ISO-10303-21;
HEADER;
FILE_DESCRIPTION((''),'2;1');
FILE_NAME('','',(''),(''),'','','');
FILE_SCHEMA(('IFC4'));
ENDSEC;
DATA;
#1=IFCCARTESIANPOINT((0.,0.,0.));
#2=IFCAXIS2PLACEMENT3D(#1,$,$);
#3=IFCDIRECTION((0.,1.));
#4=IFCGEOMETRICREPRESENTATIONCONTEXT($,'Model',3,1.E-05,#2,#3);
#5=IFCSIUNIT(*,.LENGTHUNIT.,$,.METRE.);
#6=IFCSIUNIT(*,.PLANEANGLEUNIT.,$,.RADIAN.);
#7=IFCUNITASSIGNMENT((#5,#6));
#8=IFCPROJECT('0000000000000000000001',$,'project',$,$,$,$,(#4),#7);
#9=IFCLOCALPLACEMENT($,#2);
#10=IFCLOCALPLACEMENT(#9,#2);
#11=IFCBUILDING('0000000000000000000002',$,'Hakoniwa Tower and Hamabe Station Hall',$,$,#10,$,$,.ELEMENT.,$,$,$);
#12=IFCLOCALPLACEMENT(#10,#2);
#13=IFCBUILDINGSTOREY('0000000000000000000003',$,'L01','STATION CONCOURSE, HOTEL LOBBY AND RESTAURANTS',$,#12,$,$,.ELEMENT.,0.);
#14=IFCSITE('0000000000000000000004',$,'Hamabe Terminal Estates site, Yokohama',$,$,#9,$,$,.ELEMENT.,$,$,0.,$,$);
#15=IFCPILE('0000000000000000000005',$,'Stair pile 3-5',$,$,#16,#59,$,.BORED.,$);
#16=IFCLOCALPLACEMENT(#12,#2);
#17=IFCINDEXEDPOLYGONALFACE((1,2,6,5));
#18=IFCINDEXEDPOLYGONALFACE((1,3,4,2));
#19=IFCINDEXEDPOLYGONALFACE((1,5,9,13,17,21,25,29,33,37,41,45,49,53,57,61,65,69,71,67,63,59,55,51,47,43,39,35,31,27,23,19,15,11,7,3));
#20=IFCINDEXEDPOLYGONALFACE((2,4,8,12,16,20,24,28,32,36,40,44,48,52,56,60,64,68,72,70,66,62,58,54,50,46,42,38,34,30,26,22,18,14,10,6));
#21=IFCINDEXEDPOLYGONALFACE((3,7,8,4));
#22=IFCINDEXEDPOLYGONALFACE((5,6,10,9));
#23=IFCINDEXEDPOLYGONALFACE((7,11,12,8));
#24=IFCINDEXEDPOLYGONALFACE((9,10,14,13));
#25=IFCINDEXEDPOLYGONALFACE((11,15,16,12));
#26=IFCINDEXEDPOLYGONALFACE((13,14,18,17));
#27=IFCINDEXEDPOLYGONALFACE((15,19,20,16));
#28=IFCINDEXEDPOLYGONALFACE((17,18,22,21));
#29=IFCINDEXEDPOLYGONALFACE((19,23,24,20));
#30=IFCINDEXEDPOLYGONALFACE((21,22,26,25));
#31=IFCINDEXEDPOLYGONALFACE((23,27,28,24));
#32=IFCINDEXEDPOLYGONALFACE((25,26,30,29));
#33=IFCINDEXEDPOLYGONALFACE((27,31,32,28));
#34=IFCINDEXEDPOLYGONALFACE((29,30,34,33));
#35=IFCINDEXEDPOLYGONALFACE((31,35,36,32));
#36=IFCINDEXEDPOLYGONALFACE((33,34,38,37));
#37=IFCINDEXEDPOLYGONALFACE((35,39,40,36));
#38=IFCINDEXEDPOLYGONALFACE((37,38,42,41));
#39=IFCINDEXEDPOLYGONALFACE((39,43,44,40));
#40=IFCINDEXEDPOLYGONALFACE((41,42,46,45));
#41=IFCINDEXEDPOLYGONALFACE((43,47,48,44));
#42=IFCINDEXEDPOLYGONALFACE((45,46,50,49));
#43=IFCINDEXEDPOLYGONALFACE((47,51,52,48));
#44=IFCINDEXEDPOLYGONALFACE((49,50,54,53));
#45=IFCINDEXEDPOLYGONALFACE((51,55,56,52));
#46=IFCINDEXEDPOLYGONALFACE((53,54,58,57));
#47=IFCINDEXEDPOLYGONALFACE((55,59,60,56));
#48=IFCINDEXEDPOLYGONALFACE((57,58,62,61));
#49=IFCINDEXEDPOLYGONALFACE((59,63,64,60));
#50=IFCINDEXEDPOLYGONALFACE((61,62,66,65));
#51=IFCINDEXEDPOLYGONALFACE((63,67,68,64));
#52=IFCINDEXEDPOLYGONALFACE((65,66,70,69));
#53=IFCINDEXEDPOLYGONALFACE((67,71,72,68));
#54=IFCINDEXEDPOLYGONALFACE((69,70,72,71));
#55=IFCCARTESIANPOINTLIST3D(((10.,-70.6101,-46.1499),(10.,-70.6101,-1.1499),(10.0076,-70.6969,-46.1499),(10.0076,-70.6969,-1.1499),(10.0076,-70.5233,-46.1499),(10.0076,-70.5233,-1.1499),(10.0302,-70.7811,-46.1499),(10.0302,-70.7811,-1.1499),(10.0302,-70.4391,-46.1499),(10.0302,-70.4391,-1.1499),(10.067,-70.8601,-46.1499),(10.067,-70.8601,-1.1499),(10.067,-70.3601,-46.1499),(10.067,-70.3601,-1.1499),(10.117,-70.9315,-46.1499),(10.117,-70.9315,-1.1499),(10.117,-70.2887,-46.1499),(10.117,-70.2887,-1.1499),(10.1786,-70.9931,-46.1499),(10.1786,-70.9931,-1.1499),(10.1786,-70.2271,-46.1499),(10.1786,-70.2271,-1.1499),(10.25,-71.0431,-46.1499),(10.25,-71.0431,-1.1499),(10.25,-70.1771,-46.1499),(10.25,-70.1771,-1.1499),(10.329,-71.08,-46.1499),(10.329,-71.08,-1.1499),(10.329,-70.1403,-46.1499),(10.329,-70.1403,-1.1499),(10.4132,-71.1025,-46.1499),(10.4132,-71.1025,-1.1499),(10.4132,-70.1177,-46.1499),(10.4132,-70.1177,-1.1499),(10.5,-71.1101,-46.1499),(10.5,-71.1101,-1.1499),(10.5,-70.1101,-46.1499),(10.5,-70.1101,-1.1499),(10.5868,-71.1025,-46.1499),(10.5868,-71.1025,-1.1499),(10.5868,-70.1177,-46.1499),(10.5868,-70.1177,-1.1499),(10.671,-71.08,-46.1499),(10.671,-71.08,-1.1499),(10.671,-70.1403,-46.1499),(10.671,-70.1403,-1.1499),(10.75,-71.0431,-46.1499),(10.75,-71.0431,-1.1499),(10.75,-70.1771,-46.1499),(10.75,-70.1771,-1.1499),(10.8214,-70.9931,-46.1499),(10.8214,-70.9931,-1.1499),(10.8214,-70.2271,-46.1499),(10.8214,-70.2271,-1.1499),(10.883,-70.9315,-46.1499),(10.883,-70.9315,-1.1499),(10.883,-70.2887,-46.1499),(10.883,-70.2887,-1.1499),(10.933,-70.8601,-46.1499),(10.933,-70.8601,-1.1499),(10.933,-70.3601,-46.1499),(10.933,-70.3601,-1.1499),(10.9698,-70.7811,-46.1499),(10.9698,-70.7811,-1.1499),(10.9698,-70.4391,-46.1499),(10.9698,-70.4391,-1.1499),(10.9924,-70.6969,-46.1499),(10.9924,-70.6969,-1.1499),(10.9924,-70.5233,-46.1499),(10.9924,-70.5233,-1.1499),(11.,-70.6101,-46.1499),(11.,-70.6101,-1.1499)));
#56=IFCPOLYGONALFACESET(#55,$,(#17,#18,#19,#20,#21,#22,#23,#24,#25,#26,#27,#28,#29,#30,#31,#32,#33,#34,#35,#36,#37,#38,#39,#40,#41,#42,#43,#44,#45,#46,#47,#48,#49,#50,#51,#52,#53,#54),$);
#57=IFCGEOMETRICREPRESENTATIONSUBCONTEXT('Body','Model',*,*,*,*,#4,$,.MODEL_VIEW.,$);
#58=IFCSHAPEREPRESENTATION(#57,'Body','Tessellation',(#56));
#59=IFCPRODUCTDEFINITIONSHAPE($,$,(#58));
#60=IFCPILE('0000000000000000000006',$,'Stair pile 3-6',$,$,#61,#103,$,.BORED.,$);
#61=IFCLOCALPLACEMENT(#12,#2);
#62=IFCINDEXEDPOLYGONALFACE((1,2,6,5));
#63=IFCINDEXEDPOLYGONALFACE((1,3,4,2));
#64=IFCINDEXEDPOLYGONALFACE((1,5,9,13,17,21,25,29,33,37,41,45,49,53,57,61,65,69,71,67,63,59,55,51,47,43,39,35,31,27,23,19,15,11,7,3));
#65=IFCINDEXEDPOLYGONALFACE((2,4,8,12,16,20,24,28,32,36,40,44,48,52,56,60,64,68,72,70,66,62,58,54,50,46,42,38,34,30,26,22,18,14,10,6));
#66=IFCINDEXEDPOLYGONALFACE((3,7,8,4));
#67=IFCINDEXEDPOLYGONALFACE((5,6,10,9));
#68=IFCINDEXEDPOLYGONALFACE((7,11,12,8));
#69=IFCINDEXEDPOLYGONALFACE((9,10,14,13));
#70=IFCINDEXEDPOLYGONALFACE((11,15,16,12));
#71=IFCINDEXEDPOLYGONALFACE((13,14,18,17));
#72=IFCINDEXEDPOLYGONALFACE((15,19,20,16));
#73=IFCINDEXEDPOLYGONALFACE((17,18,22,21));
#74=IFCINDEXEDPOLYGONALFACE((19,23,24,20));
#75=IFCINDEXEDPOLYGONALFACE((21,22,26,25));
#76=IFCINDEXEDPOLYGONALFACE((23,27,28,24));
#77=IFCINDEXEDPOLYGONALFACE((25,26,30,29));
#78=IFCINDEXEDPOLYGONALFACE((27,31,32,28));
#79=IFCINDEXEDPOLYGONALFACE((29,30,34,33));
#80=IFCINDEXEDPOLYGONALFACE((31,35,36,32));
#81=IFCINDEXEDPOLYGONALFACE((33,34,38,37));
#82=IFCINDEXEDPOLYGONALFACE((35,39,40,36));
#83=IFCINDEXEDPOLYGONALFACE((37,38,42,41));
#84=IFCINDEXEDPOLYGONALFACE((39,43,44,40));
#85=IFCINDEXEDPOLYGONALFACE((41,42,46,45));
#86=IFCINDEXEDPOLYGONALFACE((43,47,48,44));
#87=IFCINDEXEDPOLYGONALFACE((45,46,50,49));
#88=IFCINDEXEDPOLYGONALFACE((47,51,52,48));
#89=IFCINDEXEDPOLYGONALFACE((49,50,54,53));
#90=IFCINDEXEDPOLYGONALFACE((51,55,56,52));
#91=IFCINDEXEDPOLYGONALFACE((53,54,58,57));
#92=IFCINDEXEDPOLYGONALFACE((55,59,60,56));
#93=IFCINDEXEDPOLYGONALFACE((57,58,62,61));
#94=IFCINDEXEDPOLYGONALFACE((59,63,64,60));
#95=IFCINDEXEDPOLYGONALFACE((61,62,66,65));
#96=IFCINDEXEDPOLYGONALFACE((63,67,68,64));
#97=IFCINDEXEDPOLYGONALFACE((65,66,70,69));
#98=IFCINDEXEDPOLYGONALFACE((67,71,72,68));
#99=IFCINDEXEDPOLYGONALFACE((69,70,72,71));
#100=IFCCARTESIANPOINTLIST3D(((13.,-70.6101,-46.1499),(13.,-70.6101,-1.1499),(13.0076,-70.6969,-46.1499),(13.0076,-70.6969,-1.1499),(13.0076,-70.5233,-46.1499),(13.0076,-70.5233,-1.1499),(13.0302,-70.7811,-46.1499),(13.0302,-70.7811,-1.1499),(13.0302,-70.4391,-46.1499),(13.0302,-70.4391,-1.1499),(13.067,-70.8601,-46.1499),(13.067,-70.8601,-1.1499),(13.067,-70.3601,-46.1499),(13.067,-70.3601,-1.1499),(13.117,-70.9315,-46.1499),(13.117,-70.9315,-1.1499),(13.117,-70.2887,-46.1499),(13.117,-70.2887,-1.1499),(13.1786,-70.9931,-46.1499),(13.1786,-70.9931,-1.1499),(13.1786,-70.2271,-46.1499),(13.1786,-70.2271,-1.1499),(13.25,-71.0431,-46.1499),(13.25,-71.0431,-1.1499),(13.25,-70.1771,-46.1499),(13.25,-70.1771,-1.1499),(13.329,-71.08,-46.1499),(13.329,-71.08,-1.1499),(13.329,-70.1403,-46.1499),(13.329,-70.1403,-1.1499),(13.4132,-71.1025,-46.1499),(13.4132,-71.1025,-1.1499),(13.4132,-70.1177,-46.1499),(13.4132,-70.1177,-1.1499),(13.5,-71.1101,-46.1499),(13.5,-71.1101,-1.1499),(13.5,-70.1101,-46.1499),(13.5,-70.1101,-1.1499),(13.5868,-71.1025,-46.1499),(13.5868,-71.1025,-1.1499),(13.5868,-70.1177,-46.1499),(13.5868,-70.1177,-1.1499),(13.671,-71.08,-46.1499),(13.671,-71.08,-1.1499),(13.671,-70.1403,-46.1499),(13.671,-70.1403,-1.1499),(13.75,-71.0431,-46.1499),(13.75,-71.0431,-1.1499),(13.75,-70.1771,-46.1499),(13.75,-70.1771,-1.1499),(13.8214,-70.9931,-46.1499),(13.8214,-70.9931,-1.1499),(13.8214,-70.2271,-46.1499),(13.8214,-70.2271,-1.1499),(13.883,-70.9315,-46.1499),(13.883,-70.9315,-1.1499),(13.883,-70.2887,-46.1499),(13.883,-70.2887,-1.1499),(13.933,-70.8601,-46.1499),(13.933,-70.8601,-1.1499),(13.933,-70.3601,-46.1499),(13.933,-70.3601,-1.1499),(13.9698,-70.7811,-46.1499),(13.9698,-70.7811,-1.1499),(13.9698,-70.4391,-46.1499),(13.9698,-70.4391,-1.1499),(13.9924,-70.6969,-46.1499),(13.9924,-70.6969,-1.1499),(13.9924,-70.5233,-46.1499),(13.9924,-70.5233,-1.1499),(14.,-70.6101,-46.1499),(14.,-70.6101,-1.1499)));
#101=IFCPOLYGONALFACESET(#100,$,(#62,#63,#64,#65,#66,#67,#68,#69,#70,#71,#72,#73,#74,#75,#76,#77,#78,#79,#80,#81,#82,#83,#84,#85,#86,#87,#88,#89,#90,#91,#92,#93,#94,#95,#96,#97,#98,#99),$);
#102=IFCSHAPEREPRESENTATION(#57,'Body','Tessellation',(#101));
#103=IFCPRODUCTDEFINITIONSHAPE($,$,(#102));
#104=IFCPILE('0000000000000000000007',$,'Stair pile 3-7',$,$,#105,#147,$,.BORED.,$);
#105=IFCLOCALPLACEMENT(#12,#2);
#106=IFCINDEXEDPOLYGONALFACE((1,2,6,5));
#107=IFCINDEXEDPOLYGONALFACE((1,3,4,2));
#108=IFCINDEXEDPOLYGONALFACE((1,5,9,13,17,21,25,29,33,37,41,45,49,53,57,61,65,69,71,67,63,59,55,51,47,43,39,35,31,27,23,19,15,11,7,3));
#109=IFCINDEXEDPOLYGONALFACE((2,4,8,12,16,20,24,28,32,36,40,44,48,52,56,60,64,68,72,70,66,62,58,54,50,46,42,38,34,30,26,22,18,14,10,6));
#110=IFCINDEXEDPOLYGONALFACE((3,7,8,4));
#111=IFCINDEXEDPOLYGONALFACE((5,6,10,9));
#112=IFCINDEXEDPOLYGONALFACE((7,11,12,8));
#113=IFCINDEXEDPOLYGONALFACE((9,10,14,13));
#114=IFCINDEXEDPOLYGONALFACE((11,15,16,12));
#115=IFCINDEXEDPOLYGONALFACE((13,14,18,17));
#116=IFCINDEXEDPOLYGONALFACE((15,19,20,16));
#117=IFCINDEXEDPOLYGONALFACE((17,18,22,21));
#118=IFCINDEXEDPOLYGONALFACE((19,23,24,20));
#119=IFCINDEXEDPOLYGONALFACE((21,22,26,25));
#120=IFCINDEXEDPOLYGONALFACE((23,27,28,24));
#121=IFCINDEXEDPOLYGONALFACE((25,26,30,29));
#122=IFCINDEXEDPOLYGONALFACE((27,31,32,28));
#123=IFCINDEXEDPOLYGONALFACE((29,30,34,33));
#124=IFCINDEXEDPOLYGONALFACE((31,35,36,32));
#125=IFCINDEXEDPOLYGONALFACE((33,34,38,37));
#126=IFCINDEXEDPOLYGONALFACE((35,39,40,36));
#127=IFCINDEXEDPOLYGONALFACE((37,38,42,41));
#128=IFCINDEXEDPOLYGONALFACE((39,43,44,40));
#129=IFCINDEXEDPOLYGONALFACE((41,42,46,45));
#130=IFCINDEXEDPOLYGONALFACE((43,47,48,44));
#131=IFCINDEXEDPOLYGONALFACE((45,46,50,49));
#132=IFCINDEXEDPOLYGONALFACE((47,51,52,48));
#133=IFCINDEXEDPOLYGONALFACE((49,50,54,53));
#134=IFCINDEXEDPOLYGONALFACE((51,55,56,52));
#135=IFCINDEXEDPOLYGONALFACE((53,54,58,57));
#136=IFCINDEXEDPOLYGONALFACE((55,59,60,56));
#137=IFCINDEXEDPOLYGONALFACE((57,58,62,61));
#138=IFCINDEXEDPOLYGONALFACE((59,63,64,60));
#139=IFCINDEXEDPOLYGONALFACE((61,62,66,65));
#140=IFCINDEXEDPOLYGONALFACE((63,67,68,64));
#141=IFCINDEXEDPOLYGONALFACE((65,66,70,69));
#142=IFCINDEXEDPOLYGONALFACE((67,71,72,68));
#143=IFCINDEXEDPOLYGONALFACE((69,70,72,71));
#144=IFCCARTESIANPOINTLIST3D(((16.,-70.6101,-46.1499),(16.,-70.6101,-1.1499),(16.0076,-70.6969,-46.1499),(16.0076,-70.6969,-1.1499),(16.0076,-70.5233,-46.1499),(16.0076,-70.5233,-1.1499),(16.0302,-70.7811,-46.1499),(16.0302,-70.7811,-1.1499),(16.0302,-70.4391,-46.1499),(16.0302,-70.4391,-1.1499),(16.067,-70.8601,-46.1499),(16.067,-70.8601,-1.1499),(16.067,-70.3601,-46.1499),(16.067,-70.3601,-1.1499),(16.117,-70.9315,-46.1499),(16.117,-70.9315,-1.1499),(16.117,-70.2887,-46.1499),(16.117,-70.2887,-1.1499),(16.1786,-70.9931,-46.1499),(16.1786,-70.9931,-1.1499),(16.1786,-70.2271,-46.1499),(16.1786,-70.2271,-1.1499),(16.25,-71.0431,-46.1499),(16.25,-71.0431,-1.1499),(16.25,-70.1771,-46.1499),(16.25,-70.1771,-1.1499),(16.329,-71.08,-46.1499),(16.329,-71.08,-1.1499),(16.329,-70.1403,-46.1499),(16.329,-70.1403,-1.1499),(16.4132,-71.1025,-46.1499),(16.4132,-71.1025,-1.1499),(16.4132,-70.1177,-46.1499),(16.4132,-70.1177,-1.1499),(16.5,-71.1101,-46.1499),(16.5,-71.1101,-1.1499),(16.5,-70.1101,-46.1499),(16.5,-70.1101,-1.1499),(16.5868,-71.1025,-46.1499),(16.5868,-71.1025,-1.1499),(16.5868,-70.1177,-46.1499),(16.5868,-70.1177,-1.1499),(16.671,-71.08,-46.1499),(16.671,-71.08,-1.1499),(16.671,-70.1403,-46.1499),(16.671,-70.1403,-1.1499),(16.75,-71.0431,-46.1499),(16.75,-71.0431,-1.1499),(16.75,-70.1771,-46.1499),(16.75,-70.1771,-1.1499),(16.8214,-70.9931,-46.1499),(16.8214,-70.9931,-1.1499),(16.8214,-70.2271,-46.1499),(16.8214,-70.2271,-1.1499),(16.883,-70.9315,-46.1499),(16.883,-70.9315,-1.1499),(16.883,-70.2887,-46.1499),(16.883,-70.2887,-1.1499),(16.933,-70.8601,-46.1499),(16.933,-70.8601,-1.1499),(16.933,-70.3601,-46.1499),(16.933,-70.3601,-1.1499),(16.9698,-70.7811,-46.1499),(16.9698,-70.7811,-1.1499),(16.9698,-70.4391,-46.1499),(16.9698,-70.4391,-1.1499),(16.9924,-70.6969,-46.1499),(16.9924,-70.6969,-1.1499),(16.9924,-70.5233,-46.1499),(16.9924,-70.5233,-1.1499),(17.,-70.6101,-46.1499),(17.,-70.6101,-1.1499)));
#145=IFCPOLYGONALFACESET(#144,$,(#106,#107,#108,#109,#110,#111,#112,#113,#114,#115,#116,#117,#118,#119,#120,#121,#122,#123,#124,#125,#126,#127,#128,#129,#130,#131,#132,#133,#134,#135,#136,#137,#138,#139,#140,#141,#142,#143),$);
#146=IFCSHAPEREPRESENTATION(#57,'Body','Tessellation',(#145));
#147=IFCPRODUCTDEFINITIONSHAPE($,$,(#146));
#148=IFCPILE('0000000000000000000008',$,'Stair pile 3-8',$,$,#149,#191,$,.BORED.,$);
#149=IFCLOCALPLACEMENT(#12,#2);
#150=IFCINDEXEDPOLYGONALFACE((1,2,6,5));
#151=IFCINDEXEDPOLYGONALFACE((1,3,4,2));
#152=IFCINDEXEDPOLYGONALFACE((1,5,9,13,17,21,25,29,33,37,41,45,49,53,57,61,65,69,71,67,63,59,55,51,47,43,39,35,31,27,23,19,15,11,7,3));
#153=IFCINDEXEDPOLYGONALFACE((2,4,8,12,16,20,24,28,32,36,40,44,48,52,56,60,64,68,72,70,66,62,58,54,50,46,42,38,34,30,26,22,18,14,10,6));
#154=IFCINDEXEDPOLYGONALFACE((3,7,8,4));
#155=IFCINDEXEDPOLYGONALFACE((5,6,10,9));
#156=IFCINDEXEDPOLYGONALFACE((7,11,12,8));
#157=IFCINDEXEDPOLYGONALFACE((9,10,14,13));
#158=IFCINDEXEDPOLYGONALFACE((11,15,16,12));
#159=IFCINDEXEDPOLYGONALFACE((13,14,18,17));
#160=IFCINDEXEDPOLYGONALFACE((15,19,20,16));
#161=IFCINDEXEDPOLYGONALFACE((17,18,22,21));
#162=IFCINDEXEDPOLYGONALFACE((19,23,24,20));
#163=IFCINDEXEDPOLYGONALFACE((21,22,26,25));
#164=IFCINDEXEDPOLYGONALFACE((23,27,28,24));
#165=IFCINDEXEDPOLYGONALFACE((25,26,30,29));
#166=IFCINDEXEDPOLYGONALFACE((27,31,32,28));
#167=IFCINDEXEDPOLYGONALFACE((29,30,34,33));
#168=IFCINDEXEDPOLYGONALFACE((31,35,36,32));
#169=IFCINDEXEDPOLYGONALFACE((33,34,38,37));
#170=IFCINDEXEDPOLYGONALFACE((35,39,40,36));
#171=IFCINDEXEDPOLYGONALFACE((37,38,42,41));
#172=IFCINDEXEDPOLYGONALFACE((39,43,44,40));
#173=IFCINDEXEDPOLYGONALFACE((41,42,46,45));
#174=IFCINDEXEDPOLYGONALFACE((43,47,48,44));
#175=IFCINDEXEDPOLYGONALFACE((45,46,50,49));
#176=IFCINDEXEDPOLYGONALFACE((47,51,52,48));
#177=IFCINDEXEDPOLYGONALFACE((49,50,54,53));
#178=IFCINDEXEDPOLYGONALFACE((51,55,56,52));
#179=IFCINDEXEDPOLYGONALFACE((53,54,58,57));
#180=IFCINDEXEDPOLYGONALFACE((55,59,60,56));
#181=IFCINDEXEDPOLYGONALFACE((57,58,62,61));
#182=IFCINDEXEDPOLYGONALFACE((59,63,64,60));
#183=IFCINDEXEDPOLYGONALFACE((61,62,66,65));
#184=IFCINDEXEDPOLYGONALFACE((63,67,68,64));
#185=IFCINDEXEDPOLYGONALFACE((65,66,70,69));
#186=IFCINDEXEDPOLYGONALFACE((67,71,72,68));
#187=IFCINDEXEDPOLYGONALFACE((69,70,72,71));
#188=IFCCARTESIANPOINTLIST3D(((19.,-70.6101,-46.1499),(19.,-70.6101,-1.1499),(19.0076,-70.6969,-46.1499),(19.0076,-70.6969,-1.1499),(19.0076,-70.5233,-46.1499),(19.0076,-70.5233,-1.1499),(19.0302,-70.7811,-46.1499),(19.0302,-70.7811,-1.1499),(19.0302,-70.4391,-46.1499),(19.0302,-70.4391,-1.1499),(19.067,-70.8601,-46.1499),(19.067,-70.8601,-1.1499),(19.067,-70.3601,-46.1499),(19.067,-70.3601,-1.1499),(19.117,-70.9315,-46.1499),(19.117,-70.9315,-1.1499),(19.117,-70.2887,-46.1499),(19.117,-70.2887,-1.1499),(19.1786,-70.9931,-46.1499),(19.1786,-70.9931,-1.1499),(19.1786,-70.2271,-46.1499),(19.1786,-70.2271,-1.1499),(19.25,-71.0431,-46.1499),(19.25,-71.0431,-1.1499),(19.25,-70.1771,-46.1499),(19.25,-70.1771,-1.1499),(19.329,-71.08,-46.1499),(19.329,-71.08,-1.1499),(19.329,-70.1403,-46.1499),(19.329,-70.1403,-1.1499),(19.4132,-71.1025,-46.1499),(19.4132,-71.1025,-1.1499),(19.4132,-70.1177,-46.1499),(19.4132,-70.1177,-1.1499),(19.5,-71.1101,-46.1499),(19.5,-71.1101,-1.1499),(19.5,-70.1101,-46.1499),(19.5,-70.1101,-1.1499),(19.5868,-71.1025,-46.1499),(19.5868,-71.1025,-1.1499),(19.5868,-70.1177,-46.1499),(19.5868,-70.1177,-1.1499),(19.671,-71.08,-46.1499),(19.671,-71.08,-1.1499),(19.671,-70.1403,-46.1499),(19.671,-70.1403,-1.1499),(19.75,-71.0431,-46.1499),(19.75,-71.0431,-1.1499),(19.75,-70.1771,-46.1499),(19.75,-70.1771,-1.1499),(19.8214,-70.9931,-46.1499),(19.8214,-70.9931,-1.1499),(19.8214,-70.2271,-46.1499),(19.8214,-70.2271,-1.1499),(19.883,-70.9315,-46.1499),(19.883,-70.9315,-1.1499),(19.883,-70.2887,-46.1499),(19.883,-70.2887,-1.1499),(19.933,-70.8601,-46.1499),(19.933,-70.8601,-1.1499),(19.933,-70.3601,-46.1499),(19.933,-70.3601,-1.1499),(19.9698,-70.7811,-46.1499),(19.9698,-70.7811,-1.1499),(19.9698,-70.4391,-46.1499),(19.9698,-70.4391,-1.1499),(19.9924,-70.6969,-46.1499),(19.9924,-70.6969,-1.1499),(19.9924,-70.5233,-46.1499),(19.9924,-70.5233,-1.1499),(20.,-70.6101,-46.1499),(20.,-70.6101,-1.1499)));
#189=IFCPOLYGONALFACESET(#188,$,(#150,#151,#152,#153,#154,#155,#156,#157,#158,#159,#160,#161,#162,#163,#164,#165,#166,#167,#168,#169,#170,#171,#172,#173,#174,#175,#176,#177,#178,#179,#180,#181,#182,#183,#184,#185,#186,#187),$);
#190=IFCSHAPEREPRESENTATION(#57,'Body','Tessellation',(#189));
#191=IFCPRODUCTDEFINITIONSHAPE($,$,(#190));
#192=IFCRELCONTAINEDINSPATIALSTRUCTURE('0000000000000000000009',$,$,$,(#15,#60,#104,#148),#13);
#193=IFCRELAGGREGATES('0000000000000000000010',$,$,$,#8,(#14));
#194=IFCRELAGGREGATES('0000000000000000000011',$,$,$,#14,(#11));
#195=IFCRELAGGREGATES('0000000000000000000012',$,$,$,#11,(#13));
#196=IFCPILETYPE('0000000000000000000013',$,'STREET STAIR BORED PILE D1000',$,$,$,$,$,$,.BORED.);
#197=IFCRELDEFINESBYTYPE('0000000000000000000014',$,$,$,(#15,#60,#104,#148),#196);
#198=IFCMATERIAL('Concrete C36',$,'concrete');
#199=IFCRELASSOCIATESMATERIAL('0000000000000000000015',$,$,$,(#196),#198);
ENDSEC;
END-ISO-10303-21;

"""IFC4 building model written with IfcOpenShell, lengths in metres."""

from ifc_helpers import new_model, si_unit, direction, frame, origin, origin_2d, place, context, subcontext, project, spatial, circle, extrude, material, material_profile, profile_set, type_object, element, save


model = new_model("IFC4")

# Units and contexts
model_context = context("Model", 3, precision=1e-05, world=origin(), true_north=direction((0.0, 1.0)))
body_context = subcontext(model_context, "Body", "Model", "MODEL_VIEW")
ifc_project = project(units=[si_unit("LENGTHUNIT", "METRE"), si_unit("PLANEANGLEUNIT", "RADIAN")], contexts=[model_context])

# Site, building, storey
site_placement = place(None, origin())
site = spatial("IfcSite", under=ifc_project, at=site_placement, Name="Hamabe Terminal Estates site, Yokohama", CompositionType="ELEMENT", RefElevation=0.0)
building_placement = place(site_placement, origin())
building = spatial("IfcBuilding", under=site, at=building_placement, Name="Hakoniwa Tower and Hamabe Station Hall", CompositionType="ELEMENT")
storey_placement = place(building_placement, origin())
storey = spatial("IfcBuildingStorey", under=building, at=storey_placement, Name="L01", Description="STATION CONCOURSE, HOTEL LOBBY AND RESTAURANTS", CompositionType="ELEMENT", Elevation=0.0)

# Piles
ifc_material_1 = material(Name="Concrete C36", Category="concrete")
ifc_material_profile_1 = material_profile(ifc_material_1, circle(Radius=0.5, at=origin_2d()), Name="STREET STAIR BORED PILE D1000")
ifc_profile_set_1 = profile_set([ifc_material_profile_1], Name="Concrete C36")
pile_type_1 = type_object("IfcPileType", Name="STREET STAIR BORED PILE D1000", PredefinedType="BORED", material=ifc_profile_set_1)
for number, where, z_axis, x_axis, name in (
    (1, (10.5, -70.6101, -1.1499), (0.0, 0.0, -1.0), (1.0, 0.0, 0.0), "Stair pile 3-5"),
    (2, (13.5, -70.6101, -1.1499), (0.0, 0.0, -1.0), (1.0, 0.0, 0.0), "Stair pile 3-6"),
    (3, (16.5, -70.6101, -1.1499), (0.0, 0.0, -1.0), (1.0, 0.0, 0.0), "Stair pile 3-7"),
    (4, (19.5, -70.6101, -1.1499), (0.0, 0.0, -1.0), (1.0, 0.0, 0.0), "Stair pile 3-8"),
):
    element("IfcPile", number, at=place(storey_placement, frame(where, z_axis=z_axis, x_axis=x_axis)), inside=storey, type_object=pile_type_1, Name=name, PredefinedType="BORED", context=body_context, shape_type="SweptSolid", body=[
        extrude(circle(Radius=0.5, at=origin_2d()), origin(), (0.0, 0.0, 1.0), 45.0),
    ])

save(model, "model.ifc")
